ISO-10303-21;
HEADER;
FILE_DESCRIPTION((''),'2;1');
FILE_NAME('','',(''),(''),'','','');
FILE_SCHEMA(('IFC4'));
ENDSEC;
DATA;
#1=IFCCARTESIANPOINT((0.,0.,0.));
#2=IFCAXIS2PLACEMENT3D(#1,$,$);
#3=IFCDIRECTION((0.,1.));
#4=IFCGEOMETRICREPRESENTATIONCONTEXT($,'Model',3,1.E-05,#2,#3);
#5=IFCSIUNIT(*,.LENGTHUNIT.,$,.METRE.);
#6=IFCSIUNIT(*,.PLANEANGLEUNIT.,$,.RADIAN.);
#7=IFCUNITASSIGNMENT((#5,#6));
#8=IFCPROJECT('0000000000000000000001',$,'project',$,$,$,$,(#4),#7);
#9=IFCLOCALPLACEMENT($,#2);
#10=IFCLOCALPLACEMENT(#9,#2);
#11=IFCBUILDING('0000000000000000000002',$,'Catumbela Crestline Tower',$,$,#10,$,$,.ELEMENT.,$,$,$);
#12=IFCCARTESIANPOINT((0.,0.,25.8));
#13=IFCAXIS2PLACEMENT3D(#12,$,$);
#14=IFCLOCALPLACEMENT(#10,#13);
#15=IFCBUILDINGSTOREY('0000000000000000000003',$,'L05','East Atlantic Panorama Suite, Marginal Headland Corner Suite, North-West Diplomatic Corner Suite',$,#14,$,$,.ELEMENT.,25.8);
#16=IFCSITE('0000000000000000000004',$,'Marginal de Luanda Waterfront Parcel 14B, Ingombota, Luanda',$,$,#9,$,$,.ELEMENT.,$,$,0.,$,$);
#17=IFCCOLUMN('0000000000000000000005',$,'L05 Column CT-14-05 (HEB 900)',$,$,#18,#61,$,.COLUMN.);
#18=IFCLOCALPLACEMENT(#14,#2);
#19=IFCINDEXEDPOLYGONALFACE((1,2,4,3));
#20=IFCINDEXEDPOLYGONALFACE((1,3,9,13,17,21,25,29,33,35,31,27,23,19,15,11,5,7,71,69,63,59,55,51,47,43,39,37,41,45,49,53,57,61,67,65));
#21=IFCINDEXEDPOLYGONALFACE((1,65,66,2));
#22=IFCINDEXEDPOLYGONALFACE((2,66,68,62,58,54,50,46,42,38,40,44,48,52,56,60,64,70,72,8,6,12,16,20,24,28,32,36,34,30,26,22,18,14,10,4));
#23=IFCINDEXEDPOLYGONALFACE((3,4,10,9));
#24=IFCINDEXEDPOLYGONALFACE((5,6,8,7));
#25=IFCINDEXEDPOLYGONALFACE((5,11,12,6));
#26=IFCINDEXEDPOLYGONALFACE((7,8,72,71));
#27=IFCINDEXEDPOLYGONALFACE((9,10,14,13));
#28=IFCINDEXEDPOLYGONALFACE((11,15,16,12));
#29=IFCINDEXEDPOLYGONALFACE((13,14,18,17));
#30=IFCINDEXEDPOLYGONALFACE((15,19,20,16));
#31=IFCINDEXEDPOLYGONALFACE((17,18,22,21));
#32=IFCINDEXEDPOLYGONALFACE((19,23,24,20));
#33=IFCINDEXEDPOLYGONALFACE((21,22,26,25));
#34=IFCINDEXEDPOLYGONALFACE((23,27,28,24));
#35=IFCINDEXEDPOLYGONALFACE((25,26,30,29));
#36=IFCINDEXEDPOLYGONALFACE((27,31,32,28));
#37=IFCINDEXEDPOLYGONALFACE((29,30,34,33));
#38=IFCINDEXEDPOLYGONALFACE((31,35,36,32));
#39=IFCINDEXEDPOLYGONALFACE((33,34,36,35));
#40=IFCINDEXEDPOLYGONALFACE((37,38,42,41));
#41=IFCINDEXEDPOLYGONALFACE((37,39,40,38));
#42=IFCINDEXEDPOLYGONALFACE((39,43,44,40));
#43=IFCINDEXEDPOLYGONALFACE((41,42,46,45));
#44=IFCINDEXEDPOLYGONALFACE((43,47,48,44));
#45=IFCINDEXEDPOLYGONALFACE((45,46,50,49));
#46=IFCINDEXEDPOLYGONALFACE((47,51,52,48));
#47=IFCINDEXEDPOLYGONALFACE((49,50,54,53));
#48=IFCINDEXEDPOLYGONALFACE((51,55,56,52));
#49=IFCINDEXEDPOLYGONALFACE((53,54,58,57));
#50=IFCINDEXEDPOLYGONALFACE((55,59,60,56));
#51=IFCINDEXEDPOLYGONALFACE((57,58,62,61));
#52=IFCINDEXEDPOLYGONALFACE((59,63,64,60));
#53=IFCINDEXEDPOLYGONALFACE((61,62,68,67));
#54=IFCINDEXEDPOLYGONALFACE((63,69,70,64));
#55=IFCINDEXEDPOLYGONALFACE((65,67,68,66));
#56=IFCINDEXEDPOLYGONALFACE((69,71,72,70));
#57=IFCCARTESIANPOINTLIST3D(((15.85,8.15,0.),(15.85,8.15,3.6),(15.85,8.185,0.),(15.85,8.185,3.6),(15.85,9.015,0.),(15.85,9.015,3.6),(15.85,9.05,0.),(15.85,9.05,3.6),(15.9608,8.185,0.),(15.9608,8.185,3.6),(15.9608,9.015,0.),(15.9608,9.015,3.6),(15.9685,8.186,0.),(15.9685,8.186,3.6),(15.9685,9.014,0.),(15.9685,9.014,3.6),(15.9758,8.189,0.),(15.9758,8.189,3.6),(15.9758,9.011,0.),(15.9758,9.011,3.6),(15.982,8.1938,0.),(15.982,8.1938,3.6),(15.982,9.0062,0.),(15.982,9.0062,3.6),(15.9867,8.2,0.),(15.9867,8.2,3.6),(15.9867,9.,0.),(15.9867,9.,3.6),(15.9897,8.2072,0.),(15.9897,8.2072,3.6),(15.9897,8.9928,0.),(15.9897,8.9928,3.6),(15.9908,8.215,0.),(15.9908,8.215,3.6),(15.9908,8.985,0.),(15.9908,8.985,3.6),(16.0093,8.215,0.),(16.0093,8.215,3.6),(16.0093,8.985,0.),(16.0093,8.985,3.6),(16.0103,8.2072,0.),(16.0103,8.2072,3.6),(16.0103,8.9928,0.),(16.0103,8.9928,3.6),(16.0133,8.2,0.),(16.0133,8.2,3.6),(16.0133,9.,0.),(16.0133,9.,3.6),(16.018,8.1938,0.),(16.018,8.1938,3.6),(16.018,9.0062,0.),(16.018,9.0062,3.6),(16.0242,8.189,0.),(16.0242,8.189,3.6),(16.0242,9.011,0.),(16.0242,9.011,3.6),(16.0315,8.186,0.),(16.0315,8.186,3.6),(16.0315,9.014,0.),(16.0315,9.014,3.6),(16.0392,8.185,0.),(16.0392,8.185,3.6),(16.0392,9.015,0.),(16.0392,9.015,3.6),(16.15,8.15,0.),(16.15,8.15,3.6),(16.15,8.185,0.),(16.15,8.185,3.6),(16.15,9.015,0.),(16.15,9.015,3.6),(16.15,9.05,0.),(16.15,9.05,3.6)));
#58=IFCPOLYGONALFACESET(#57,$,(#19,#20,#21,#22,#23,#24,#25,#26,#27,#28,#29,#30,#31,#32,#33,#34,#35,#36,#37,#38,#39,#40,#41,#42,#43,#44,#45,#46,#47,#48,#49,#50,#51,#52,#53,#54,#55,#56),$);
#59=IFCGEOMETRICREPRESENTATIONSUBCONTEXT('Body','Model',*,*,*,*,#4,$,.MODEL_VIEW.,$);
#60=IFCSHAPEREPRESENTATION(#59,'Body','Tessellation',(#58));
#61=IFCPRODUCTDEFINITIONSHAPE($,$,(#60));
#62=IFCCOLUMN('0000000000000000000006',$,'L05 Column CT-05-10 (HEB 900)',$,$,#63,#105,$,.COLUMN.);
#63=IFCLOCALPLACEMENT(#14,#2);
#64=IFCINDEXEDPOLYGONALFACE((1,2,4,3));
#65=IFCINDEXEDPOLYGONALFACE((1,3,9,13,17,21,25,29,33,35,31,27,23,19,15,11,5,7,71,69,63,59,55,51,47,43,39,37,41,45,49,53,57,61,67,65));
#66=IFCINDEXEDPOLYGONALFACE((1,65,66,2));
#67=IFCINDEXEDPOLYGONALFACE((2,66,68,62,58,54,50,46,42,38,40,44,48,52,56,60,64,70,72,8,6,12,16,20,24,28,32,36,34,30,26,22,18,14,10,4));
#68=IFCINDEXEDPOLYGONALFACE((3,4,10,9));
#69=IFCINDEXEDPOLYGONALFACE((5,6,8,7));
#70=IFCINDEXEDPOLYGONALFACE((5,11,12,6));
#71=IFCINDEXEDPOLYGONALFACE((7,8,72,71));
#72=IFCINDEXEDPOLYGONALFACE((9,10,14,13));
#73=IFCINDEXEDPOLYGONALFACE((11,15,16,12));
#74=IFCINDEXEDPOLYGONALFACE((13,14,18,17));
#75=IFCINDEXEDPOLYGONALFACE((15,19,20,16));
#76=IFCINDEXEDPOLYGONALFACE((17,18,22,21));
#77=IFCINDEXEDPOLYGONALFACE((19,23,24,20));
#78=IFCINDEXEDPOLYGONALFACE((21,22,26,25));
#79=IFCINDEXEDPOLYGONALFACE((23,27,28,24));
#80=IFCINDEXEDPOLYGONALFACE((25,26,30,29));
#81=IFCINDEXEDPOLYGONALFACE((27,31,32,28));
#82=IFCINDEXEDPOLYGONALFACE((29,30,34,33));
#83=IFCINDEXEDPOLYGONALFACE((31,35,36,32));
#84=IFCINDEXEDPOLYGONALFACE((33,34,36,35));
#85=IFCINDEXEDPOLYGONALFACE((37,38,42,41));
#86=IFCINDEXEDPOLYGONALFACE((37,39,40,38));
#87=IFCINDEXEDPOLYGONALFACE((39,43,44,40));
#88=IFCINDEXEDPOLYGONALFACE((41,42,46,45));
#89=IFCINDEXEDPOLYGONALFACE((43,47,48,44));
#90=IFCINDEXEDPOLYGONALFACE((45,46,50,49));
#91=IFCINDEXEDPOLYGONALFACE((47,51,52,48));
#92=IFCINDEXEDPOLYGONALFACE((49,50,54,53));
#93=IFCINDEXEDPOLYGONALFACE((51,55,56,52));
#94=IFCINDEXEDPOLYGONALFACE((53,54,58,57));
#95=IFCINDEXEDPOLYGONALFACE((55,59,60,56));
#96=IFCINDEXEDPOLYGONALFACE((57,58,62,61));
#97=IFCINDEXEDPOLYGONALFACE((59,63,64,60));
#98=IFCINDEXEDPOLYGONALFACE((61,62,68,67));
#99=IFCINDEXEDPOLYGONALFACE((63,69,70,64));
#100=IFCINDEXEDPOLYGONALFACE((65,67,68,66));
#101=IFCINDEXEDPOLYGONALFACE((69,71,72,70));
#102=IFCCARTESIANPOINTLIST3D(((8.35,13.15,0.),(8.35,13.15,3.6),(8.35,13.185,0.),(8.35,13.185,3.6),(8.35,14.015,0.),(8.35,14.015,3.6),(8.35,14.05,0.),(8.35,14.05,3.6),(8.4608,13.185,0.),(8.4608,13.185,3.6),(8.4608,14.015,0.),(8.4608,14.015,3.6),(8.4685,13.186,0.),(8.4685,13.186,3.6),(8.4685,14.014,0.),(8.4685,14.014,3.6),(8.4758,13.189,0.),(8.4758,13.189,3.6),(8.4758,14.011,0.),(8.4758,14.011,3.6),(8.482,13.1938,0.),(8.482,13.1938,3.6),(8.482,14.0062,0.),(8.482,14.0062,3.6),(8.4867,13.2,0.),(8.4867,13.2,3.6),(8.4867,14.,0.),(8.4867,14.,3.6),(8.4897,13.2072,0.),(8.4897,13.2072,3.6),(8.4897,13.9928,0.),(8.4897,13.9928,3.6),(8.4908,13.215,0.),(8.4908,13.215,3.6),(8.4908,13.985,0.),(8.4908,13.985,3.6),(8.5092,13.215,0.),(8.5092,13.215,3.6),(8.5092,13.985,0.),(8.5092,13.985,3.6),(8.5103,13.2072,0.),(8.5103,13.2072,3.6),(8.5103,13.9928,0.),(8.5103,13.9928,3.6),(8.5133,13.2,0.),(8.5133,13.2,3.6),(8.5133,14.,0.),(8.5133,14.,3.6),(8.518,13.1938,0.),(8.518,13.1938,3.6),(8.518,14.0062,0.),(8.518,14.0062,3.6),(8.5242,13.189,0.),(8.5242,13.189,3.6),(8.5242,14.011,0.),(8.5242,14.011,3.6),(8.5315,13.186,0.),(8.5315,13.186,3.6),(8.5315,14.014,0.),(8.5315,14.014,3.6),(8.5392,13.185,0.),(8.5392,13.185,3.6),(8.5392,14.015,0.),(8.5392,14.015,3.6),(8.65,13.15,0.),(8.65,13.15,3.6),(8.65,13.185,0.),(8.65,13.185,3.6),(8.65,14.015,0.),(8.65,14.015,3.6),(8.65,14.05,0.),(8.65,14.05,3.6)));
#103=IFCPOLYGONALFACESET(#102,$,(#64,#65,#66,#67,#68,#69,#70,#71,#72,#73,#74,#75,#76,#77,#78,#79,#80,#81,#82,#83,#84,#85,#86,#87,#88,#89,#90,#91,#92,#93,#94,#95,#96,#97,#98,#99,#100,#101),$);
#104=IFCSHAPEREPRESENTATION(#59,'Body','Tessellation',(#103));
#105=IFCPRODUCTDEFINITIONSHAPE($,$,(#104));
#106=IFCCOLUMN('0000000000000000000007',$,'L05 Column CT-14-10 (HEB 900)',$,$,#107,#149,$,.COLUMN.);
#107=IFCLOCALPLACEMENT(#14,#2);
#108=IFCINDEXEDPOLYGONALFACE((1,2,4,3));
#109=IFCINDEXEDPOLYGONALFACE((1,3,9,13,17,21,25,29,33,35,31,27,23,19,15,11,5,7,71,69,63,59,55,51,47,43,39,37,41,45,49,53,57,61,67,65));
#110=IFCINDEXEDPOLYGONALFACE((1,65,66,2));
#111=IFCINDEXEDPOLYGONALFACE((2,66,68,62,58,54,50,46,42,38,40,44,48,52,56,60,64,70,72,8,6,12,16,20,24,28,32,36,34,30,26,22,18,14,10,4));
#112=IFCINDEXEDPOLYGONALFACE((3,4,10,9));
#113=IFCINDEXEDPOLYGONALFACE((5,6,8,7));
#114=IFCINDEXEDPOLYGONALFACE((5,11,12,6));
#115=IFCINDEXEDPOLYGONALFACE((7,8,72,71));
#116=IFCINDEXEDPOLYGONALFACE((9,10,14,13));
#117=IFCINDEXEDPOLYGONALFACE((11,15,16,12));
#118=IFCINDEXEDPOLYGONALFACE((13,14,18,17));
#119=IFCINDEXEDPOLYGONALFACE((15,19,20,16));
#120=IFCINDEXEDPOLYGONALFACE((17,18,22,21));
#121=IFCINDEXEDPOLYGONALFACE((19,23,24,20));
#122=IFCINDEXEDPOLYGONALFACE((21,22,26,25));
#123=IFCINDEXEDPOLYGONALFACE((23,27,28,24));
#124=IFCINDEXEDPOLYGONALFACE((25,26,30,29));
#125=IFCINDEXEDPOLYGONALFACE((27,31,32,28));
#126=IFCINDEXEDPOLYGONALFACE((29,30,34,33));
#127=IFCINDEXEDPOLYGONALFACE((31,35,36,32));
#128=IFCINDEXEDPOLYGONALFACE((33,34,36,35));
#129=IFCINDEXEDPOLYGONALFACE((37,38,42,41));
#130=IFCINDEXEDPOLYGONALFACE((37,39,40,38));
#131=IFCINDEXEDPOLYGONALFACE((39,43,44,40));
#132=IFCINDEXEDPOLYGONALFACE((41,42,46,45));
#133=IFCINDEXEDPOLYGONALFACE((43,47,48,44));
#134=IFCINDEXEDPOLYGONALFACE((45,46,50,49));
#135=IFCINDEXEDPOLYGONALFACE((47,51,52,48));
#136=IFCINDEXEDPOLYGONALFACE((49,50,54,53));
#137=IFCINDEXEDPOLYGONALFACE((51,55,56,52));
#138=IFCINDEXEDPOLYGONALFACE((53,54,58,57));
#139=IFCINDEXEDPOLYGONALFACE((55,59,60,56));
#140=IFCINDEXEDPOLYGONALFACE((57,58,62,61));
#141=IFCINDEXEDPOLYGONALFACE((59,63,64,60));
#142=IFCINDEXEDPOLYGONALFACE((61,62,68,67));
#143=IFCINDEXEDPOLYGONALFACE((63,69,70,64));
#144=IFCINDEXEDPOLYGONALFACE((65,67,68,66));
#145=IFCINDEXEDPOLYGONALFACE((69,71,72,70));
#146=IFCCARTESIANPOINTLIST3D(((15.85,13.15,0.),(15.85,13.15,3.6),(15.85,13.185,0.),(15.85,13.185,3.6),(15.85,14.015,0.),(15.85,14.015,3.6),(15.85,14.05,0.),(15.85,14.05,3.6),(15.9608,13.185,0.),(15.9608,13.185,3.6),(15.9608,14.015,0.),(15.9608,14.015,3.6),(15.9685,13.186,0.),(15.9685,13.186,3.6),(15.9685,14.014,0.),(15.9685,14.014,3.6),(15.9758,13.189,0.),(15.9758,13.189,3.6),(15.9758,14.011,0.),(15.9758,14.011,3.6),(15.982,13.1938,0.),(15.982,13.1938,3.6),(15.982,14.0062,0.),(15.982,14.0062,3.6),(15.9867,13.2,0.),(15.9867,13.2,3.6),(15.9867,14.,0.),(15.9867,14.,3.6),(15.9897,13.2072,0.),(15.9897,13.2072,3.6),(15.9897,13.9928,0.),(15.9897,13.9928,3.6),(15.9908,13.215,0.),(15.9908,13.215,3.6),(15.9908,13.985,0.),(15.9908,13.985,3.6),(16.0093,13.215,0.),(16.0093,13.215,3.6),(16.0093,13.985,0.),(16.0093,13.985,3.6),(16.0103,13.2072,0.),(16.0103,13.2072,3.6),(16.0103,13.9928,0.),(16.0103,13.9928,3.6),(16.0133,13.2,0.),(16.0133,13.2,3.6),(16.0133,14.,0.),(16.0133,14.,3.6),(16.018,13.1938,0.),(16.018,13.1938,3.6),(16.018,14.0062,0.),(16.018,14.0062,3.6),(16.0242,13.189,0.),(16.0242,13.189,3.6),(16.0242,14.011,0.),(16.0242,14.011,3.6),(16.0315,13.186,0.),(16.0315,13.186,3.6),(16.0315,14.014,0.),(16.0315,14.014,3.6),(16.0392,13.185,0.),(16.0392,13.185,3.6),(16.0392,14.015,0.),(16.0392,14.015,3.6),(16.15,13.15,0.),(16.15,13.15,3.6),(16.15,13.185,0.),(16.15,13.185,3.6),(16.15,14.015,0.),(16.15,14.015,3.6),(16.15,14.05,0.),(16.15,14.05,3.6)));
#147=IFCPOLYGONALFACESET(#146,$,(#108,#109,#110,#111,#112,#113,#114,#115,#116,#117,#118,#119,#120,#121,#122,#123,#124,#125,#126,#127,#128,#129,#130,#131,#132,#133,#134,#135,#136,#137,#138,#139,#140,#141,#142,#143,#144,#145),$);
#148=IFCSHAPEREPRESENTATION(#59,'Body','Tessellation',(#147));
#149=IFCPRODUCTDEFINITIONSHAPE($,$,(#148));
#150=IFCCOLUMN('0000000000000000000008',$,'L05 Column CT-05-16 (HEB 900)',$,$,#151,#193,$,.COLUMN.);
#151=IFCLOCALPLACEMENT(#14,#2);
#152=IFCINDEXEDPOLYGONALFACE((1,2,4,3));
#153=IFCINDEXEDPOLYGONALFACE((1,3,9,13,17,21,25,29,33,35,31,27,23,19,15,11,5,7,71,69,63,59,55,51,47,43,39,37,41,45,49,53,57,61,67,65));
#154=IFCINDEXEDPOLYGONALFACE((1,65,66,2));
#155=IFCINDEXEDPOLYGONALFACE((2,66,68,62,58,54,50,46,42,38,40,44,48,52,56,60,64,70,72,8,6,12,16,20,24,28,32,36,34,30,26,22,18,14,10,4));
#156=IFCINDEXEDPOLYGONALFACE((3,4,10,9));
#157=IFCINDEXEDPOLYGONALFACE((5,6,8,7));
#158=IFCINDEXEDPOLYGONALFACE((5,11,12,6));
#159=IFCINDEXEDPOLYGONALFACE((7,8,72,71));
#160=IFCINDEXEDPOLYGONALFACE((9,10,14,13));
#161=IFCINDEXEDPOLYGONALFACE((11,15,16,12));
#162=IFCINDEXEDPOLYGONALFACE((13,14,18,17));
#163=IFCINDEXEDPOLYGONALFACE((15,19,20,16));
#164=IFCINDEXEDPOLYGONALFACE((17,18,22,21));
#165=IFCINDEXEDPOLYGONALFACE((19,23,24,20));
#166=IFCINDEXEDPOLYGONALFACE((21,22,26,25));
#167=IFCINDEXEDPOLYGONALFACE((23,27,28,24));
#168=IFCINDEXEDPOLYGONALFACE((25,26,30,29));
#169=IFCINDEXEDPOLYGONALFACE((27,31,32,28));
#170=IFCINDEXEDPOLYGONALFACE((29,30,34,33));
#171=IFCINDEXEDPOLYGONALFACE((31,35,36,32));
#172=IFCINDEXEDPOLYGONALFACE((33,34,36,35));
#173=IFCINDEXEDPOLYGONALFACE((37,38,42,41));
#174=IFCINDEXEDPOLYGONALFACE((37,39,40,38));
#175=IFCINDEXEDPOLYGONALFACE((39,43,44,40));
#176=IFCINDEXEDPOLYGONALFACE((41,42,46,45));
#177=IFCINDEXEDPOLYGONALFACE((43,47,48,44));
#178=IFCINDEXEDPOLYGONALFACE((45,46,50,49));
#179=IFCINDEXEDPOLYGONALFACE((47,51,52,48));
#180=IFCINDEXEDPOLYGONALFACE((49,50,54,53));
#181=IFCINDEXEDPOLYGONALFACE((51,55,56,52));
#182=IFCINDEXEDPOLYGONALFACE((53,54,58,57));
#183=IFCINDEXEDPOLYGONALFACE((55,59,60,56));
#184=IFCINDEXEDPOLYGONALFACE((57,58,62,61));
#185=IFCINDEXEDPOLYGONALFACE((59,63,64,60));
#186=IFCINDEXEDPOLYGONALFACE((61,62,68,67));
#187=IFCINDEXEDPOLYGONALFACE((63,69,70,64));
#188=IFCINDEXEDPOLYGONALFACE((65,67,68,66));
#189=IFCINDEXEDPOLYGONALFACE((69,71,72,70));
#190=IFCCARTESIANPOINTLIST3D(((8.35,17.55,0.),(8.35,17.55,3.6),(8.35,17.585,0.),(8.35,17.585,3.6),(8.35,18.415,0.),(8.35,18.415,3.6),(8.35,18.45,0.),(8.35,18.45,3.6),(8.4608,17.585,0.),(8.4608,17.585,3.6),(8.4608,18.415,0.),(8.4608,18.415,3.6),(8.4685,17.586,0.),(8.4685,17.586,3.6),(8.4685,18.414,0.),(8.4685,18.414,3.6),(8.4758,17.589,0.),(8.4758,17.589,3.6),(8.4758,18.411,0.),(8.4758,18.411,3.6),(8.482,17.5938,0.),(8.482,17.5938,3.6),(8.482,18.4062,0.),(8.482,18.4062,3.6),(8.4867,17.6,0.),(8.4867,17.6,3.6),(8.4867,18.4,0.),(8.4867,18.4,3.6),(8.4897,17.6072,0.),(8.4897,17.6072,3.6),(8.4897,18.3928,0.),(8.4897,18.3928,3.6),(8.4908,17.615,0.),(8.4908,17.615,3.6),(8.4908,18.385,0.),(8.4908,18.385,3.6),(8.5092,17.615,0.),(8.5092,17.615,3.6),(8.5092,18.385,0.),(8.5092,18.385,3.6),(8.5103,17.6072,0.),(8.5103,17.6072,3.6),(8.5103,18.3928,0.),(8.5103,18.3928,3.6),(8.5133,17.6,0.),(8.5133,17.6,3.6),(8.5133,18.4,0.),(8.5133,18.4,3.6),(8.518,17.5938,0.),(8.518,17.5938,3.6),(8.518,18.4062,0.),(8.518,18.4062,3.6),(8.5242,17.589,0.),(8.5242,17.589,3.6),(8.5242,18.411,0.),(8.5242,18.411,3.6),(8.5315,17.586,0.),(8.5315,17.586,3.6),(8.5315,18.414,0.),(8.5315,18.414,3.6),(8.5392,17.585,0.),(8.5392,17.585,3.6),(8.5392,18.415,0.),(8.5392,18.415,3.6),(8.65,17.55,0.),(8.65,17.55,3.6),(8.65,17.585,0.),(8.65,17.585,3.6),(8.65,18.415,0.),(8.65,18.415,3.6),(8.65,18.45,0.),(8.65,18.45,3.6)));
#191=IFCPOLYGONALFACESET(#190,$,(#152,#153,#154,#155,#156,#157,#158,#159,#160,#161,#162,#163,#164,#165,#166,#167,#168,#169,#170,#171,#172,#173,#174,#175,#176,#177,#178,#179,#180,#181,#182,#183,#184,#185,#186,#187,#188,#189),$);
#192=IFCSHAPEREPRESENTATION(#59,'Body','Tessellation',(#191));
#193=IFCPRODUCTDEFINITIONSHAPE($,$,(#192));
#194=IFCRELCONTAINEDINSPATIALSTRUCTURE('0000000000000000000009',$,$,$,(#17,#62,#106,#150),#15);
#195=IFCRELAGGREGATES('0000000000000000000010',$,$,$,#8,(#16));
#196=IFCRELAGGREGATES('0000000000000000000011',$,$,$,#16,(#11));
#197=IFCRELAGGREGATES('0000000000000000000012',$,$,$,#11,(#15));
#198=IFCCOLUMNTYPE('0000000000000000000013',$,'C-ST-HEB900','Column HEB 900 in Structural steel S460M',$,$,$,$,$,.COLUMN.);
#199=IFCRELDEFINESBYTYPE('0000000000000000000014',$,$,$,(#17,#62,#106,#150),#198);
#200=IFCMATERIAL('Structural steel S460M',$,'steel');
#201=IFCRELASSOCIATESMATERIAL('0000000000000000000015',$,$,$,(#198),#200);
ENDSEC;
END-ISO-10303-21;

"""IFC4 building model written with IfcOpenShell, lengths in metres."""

from ifc_helpers import new_model, si_unit, direction, frame, origin, origin_2d, place, context, subcontext, project, spatial, i_section, extrude, material, material_profile, profile_set, type_object, element, save


model = new_model("IFC4")

# Units and contexts
model_context = context("Model", 3, precision=1e-05, world=origin(), true_north=direction((0.0, 1.0)))
body_context = subcontext(model_context, "Body", "Model", "MODEL_VIEW")
ifc_project = project(units=[si_unit("LENGTHUNIT", "METRE"), si_unit("PLANEANGLEUNIT", "RADIAN")], contexts=[model_context])

# Site, building, storey
site_placement = place(None, origin())
site = spatial("IfcSite", under=ifc_project, at=site_placement, Name="Marginal de Luanda Waterfront Parcel 14B, Ingombota, Luanda", CompositionType="ELEMENT", RefElevation=0.0)
building_placement = place(site_placement, origin())
building = spatial("IfcBuilding", under=site, at=building_placement, Name="Catumbela Crestline Tower", CompositionType="ELEMENT")
storey_placement = place(building_placement, frame((0.0, 0.0, 25.8)))
storey = spatial("IfcBuildingStorey", under=building, at=storey_placement, Name="L05", Description="East Atlantic Panorama Suite, Marginal Headland Corner Suite, North-West Diplomatic Corner Suite", CompositionType="ELEMENT", Elevation=25.8)

# Columns
ifc_material_1 = material(Name="Structural steel S460M", Category="steel")
ifc_material_profile_1 = material_profile(ifc_material_1, i_section(OverallWidth=0.3, OverallDepth=0.9, WebThickness=0.0185, FlangeThickness=0.035, FilletRadius=0.03, at=origin_2d()), Name="HEB 900")
ifc_profile_set_1 = profile_set([ifc_material_profile_1], Name="Structural steel S460M")
column_type = type_object("IfcColumnType", Name="C-ST-HEB900", Description="Column HEB 900 in Structural steel S460M", PredefinedType="COLUMN", material=ifc_profile_set_1)
for number, where, z_axis, x_axis, name in (
    (1, (16.0, 8.6, 0.0), (0.0, 0.0, 1.0), (1.0, 0.0, 0.0), "L05 Column CT-14-05 (HEB 900)"),
    (2, (8.5, 13.6, 0.0), (0.0, 0.0, 1.0), (1.0, 0.0, 0.0), "L05 Column CT-05-10 (HEB 900)"),
    (3, (16.0, 13.6, 0.0), (0.0, 0.0, 1.0), (1.0, 0.0, 0.0), "L05 Column CT-14-10 (HEB 900)"),
    (4, (8.5, 18.0, 0.0), (0.0, 0.0, 1.0), (1.0, 0.0, 0.0), "L05 Column CT-05-16 (HEB 900)"),
):
    element("IfcColumn", number, at=place(storey_placement, frame(where, z_axis=z_axis, x_axis=x_axis)), inside=storey, type_object=column_type, Name=name, PredefinedType="COLUMN", context=body_context, shape_type="SweptSolid", body=[
        extrude(i_section(OverallWidth=0.3, OverallDepth=0.9, WebThickness=0.0185, FlangeThickness=0.035, FilletRadius=0.03, at=origin_2d()), origin(), (0.0, 0.0, 1.0), 3.6),
    ])

save(model, "model.ifc")
